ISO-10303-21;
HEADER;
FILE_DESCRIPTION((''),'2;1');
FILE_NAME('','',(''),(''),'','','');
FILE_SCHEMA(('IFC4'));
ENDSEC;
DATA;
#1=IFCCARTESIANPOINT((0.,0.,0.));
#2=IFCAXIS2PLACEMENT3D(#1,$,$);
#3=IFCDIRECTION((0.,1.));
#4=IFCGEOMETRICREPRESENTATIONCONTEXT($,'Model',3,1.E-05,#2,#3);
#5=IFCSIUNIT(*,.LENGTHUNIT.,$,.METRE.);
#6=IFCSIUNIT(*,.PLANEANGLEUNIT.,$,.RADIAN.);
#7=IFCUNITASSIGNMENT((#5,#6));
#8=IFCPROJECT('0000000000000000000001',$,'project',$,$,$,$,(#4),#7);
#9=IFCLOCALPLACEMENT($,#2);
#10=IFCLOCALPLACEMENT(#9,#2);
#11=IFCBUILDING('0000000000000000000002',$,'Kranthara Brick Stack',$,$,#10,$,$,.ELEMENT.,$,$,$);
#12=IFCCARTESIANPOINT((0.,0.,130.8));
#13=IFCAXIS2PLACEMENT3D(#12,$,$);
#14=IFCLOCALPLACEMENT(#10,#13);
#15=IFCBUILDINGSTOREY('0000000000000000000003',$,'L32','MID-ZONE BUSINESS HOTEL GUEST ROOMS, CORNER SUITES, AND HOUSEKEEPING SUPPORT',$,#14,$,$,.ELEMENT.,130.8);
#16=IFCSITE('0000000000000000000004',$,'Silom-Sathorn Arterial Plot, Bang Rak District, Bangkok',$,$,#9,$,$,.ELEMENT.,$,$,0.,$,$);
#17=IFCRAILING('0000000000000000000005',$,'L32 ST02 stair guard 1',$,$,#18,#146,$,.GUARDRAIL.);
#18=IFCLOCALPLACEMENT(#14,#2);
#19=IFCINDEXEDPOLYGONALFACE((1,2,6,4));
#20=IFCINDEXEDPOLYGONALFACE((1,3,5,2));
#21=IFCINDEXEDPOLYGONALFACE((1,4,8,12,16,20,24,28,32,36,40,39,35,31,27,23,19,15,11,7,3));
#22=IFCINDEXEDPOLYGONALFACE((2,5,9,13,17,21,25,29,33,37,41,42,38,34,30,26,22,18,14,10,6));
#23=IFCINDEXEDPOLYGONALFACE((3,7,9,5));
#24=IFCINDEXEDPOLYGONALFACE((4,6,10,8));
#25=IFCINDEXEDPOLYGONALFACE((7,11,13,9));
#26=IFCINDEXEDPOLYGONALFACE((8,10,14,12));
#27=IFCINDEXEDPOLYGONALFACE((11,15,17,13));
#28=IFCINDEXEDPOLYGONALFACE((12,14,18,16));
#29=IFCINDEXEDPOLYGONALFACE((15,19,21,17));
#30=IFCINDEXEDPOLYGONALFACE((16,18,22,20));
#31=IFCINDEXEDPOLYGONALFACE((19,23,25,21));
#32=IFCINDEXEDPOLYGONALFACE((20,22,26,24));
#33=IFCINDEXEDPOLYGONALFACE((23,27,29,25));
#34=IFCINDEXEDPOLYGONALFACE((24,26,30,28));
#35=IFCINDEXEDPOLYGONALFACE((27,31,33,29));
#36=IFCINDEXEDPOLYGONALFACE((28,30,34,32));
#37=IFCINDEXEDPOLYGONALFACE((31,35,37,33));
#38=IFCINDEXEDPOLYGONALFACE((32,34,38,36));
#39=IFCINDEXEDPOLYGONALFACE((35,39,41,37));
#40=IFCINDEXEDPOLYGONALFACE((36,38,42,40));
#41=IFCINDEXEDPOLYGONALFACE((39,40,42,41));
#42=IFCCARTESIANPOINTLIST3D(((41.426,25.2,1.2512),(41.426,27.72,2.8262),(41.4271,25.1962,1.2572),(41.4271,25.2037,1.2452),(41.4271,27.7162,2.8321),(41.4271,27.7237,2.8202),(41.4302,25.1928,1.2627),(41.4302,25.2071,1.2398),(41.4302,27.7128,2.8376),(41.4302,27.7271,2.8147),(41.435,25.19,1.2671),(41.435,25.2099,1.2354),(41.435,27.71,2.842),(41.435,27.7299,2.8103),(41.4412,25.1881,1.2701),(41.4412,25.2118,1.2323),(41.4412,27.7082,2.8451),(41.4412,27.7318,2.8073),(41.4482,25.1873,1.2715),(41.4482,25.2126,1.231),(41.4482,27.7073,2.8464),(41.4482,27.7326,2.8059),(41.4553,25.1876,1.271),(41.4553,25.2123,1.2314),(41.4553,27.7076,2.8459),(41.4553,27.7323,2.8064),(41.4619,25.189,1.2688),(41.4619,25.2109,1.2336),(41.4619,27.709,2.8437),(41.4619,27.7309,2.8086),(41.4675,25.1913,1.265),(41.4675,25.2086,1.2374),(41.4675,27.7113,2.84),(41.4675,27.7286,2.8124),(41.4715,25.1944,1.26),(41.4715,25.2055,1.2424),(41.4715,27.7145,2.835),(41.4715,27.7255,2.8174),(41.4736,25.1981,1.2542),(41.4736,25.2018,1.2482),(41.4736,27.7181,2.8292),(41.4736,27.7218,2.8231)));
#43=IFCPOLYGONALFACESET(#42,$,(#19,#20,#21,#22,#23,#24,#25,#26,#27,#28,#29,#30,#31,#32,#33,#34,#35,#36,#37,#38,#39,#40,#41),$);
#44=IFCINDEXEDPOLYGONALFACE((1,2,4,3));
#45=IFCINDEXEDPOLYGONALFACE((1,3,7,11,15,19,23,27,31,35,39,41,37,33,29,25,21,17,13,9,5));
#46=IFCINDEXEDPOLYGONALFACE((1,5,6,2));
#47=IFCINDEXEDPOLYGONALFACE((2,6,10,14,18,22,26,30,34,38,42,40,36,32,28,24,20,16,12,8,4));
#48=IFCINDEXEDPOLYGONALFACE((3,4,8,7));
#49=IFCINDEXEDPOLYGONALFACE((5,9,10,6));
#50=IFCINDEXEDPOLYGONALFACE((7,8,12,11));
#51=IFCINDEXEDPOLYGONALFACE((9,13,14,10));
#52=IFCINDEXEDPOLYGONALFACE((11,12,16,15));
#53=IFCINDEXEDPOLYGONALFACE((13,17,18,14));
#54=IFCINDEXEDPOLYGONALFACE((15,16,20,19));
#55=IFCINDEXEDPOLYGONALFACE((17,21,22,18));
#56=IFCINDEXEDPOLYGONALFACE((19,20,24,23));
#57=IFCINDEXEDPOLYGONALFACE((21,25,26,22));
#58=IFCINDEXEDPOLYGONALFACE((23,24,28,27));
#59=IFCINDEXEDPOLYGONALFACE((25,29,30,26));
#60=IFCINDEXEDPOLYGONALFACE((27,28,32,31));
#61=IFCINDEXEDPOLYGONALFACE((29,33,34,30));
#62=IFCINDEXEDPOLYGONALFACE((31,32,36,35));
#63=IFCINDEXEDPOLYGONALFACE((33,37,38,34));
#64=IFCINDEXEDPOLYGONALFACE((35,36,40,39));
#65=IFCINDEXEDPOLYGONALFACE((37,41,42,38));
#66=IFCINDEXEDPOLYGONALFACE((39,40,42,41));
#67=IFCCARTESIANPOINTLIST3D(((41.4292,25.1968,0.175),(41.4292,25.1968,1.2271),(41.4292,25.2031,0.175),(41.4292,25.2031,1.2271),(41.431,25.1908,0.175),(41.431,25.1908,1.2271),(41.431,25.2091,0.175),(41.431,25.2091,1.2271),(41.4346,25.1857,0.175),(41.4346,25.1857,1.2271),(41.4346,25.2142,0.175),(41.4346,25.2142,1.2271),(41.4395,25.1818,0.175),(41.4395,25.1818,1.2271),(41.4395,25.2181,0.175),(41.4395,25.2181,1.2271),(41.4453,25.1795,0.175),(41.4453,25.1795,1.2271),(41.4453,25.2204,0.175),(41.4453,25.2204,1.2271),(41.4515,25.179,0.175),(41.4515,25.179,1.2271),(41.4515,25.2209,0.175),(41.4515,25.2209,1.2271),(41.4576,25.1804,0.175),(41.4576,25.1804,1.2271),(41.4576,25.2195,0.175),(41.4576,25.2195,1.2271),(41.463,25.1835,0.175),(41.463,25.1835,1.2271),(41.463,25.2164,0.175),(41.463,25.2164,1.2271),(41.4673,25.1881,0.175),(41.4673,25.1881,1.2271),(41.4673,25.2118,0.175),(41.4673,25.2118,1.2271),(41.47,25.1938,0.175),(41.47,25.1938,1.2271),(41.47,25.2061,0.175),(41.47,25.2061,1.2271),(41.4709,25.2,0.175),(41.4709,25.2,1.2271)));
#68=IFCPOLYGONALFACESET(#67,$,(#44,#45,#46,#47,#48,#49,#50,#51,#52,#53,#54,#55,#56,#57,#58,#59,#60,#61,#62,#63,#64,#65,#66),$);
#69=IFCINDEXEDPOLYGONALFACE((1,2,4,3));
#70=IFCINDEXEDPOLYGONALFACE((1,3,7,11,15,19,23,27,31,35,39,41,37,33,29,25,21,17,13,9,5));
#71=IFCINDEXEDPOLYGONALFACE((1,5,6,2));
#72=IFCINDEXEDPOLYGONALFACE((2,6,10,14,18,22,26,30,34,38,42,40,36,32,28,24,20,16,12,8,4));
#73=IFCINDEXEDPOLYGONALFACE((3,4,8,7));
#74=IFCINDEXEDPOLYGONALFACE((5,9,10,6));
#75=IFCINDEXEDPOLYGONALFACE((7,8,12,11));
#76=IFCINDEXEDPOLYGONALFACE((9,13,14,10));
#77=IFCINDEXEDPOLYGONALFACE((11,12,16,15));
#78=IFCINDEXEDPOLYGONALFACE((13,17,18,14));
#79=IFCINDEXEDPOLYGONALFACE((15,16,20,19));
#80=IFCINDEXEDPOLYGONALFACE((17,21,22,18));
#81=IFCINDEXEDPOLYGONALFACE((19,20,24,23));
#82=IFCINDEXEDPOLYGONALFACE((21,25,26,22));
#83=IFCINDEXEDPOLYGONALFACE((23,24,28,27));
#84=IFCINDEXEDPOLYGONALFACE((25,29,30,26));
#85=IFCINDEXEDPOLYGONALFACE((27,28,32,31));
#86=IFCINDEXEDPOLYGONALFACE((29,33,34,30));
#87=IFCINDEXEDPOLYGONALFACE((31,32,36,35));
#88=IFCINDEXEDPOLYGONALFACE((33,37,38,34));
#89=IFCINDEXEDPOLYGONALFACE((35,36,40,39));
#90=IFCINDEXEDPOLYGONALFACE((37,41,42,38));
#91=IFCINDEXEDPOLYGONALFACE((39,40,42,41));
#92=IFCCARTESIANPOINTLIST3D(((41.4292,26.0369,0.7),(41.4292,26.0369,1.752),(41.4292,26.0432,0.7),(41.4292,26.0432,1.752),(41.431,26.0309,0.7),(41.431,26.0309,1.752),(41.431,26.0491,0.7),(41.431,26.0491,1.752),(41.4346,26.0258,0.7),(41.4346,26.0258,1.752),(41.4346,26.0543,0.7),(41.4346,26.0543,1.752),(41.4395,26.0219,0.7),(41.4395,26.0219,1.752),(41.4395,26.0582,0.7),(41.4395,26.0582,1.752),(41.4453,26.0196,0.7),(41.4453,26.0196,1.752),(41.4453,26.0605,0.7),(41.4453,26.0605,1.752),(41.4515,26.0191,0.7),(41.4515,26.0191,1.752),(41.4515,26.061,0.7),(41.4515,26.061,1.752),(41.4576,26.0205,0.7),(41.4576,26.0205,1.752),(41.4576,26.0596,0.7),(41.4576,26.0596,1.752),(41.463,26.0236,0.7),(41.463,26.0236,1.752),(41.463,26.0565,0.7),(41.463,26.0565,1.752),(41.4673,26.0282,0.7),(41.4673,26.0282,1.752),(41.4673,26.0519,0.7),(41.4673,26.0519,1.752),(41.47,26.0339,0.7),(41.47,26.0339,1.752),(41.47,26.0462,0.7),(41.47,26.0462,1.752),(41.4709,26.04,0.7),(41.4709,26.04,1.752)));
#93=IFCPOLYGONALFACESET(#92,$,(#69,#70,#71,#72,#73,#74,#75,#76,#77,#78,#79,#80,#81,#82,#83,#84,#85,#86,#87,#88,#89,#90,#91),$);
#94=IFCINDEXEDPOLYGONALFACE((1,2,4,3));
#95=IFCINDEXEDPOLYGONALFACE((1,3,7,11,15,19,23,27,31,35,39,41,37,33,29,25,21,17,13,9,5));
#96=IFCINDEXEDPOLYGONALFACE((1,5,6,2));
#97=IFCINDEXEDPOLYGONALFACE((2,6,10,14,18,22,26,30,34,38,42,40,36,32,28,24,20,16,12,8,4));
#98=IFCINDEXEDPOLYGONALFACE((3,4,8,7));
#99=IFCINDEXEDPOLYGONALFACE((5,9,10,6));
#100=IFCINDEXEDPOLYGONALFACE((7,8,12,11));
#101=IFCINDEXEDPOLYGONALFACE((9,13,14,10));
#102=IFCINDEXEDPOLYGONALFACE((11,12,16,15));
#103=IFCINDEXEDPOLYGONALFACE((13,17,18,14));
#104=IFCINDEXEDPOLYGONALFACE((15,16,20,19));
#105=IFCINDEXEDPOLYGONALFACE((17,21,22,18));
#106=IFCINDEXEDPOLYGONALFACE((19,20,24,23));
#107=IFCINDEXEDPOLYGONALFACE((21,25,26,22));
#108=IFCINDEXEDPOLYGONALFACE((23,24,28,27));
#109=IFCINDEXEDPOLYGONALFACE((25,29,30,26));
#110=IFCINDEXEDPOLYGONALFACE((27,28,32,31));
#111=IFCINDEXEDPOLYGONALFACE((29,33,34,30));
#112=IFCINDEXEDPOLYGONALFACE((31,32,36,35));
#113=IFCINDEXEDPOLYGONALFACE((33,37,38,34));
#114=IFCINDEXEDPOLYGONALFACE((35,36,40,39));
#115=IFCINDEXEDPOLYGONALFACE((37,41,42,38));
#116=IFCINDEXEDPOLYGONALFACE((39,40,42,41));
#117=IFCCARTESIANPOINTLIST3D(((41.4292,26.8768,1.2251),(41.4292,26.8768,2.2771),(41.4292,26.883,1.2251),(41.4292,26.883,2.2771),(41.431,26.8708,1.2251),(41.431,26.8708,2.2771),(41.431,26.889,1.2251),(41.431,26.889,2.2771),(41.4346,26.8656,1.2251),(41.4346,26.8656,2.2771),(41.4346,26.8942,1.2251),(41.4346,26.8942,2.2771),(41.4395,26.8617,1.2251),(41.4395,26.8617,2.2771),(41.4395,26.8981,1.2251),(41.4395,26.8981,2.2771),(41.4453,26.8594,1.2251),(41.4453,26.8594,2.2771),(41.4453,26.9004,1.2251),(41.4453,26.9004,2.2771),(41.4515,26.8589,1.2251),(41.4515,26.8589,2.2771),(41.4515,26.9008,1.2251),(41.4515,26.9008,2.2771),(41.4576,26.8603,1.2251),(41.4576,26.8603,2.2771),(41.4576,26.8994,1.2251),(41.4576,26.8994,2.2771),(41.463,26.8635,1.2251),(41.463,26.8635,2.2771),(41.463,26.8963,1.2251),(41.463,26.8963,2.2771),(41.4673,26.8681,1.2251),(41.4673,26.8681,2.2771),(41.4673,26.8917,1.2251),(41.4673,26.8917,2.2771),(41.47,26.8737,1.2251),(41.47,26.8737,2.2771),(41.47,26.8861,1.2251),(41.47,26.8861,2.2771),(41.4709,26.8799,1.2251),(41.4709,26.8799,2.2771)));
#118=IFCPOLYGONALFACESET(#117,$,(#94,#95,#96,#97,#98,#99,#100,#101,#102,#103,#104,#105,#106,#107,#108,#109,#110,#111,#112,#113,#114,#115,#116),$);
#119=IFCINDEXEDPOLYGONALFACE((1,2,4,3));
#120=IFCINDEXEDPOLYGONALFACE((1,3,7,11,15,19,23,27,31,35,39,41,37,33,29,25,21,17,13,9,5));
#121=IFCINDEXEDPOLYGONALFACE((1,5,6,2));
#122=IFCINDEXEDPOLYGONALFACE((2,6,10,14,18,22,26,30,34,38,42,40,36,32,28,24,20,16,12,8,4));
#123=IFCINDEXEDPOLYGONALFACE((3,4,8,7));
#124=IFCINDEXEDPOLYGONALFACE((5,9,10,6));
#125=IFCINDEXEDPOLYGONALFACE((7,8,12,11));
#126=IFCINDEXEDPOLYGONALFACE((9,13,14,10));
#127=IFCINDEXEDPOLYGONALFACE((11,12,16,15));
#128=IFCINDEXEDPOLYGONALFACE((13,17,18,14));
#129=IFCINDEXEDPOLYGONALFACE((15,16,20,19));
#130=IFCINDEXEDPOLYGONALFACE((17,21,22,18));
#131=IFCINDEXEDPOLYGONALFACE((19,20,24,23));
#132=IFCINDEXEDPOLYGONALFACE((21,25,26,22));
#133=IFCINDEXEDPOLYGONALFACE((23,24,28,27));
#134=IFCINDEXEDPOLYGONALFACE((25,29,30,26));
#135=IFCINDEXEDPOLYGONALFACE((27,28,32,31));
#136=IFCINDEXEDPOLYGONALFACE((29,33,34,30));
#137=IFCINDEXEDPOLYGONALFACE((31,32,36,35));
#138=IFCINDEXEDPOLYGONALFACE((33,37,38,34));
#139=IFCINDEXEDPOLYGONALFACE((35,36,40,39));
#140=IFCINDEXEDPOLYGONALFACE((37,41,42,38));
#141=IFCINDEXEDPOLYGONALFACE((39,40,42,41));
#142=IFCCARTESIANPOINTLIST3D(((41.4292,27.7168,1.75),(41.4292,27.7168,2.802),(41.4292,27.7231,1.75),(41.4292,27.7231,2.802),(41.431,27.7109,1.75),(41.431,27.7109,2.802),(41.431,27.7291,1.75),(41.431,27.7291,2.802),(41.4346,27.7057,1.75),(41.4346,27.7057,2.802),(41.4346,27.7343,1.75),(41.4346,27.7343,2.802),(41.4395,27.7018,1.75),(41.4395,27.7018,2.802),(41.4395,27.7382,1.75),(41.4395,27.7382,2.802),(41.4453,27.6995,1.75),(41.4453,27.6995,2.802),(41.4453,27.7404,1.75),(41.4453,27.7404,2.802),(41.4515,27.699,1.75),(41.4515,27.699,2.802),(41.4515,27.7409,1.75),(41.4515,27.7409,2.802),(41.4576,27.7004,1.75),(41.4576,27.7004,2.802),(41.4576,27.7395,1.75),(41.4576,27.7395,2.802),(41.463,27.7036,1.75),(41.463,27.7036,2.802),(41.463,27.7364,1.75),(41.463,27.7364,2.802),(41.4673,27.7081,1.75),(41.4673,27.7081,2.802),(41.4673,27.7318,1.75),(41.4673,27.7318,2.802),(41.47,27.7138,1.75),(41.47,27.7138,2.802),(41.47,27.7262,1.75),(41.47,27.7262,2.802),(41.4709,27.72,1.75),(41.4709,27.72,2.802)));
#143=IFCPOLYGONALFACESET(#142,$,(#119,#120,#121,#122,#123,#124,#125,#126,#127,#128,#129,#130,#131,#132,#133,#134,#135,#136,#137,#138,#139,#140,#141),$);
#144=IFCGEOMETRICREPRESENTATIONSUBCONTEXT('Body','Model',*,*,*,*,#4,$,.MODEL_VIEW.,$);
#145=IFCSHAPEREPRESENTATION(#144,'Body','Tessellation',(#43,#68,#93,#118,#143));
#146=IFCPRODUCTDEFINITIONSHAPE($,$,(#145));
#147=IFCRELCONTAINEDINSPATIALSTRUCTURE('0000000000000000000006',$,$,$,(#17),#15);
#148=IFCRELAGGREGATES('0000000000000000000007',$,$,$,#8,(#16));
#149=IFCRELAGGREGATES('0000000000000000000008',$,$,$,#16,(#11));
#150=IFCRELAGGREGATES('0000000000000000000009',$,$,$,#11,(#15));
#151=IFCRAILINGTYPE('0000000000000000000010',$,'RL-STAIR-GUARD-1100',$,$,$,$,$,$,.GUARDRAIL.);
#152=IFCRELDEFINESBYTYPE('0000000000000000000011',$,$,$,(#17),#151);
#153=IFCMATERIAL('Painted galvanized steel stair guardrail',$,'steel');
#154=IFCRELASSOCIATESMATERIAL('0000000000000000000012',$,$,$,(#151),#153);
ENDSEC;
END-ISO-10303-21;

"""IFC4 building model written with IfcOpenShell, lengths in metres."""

from ifc_helpers import new_model, si_unit, direction, frame, origin, origin_2d, place, context, subcontext, project, spatial, circle, extrude, material, type_object, element, save


model = new_model("IFC4")

# Units and contexts
model_context = context("Model", 3, precision=1e-05, world=origin(), true_north=direction((0.0, 1.0)))
body_context = subcontext(model_context, "Body", "Model", "MODEL_VIEW")
ifc_project = project(units=[si_unit("LENGTHUNIT", "METRE"), si_unit("PLANEANGLEUNIT", "RADIAN")], contexts=[model_context])

# Site, building, storey
site_placement = place(None, origin())
site = spatial("IfcSite", under=ifc_project, at=site_placement, Name="Silom-Sathorn Arterial Plot, Bang Rak District, Bangkok", CompositionType="ELEMENT", RefElevation=0.0)
building_placement = place(site_placement, origin())
building = spatial("IfcBuilding", under=site, at=building_placement, Name="Kranthara Brick Stack", CompositionType="ELEMENT")
storey_placement = place(building_placement, frame((0.0, 0.0, 130.8)))
storey = spatial("IfcBuildingStorey", under=building, at=storey_placement, Name="L32", Description="MID-ZONE BUSINESS HOTEL GUEST ROOMS, CORNER SUITES, AND HOUSEKEEPING SUPPORT", CompositionType="ELEMENT", Elevation=130.8)

# Railing
ifc_material_1 = material(Name="Painted galvanized steel stair guardrail", Category="steel")
railing_type_1 = type_object("IfcRailingType", Name="RL-STAIR-GUARD-1100", PredefinedType="GUARDRAIL", material=ifc_material_1)
railing_1_placement = place(storey_placement, frame((41.45, 25.2, 0.175)))
element("IfcRailing", 1, at=railing_1_placement, inside=storey, type_object=railing_type_1, Name="L32 ST02 stair guard 1", PredefinedType="GUARDRAIL", context=body_context, shape_type="SweptSolid", body=[
    extrude(circle(Radius=0.0239, at=origin_2d()), frame((0.0, 0.0, 1.0762), z_axis=(0.0, 0.848008, 0.529984), x_axis=(-1.0, 0.0, 0.0)), (0.0, 0.0, 1.0), 2.9717),
    extrude(circle(Radius=0.021, at=origin_2d()), origin(), (0.0, 0.0, 1.0), 1.052),
    extrude(circle(Radius=0.021, at=origin_2d()), frame((0.0, 0.8401, 0.5249)), (0.0, 0.0, 1.0), 1.052),
    extrude(circle(Radius=0.021, at=origin_2d()), frame((0.0, 1.6799, 1.05)), (0.0, 0.0, 1.0), 1.052),
    extrude(circle(Radius=0.021, at=origin_2d()), frame((0.0, 2.52, 1.575)), (0.0, 0.0, 1.0), 1.052),
])

save(model, "model.ifc")
